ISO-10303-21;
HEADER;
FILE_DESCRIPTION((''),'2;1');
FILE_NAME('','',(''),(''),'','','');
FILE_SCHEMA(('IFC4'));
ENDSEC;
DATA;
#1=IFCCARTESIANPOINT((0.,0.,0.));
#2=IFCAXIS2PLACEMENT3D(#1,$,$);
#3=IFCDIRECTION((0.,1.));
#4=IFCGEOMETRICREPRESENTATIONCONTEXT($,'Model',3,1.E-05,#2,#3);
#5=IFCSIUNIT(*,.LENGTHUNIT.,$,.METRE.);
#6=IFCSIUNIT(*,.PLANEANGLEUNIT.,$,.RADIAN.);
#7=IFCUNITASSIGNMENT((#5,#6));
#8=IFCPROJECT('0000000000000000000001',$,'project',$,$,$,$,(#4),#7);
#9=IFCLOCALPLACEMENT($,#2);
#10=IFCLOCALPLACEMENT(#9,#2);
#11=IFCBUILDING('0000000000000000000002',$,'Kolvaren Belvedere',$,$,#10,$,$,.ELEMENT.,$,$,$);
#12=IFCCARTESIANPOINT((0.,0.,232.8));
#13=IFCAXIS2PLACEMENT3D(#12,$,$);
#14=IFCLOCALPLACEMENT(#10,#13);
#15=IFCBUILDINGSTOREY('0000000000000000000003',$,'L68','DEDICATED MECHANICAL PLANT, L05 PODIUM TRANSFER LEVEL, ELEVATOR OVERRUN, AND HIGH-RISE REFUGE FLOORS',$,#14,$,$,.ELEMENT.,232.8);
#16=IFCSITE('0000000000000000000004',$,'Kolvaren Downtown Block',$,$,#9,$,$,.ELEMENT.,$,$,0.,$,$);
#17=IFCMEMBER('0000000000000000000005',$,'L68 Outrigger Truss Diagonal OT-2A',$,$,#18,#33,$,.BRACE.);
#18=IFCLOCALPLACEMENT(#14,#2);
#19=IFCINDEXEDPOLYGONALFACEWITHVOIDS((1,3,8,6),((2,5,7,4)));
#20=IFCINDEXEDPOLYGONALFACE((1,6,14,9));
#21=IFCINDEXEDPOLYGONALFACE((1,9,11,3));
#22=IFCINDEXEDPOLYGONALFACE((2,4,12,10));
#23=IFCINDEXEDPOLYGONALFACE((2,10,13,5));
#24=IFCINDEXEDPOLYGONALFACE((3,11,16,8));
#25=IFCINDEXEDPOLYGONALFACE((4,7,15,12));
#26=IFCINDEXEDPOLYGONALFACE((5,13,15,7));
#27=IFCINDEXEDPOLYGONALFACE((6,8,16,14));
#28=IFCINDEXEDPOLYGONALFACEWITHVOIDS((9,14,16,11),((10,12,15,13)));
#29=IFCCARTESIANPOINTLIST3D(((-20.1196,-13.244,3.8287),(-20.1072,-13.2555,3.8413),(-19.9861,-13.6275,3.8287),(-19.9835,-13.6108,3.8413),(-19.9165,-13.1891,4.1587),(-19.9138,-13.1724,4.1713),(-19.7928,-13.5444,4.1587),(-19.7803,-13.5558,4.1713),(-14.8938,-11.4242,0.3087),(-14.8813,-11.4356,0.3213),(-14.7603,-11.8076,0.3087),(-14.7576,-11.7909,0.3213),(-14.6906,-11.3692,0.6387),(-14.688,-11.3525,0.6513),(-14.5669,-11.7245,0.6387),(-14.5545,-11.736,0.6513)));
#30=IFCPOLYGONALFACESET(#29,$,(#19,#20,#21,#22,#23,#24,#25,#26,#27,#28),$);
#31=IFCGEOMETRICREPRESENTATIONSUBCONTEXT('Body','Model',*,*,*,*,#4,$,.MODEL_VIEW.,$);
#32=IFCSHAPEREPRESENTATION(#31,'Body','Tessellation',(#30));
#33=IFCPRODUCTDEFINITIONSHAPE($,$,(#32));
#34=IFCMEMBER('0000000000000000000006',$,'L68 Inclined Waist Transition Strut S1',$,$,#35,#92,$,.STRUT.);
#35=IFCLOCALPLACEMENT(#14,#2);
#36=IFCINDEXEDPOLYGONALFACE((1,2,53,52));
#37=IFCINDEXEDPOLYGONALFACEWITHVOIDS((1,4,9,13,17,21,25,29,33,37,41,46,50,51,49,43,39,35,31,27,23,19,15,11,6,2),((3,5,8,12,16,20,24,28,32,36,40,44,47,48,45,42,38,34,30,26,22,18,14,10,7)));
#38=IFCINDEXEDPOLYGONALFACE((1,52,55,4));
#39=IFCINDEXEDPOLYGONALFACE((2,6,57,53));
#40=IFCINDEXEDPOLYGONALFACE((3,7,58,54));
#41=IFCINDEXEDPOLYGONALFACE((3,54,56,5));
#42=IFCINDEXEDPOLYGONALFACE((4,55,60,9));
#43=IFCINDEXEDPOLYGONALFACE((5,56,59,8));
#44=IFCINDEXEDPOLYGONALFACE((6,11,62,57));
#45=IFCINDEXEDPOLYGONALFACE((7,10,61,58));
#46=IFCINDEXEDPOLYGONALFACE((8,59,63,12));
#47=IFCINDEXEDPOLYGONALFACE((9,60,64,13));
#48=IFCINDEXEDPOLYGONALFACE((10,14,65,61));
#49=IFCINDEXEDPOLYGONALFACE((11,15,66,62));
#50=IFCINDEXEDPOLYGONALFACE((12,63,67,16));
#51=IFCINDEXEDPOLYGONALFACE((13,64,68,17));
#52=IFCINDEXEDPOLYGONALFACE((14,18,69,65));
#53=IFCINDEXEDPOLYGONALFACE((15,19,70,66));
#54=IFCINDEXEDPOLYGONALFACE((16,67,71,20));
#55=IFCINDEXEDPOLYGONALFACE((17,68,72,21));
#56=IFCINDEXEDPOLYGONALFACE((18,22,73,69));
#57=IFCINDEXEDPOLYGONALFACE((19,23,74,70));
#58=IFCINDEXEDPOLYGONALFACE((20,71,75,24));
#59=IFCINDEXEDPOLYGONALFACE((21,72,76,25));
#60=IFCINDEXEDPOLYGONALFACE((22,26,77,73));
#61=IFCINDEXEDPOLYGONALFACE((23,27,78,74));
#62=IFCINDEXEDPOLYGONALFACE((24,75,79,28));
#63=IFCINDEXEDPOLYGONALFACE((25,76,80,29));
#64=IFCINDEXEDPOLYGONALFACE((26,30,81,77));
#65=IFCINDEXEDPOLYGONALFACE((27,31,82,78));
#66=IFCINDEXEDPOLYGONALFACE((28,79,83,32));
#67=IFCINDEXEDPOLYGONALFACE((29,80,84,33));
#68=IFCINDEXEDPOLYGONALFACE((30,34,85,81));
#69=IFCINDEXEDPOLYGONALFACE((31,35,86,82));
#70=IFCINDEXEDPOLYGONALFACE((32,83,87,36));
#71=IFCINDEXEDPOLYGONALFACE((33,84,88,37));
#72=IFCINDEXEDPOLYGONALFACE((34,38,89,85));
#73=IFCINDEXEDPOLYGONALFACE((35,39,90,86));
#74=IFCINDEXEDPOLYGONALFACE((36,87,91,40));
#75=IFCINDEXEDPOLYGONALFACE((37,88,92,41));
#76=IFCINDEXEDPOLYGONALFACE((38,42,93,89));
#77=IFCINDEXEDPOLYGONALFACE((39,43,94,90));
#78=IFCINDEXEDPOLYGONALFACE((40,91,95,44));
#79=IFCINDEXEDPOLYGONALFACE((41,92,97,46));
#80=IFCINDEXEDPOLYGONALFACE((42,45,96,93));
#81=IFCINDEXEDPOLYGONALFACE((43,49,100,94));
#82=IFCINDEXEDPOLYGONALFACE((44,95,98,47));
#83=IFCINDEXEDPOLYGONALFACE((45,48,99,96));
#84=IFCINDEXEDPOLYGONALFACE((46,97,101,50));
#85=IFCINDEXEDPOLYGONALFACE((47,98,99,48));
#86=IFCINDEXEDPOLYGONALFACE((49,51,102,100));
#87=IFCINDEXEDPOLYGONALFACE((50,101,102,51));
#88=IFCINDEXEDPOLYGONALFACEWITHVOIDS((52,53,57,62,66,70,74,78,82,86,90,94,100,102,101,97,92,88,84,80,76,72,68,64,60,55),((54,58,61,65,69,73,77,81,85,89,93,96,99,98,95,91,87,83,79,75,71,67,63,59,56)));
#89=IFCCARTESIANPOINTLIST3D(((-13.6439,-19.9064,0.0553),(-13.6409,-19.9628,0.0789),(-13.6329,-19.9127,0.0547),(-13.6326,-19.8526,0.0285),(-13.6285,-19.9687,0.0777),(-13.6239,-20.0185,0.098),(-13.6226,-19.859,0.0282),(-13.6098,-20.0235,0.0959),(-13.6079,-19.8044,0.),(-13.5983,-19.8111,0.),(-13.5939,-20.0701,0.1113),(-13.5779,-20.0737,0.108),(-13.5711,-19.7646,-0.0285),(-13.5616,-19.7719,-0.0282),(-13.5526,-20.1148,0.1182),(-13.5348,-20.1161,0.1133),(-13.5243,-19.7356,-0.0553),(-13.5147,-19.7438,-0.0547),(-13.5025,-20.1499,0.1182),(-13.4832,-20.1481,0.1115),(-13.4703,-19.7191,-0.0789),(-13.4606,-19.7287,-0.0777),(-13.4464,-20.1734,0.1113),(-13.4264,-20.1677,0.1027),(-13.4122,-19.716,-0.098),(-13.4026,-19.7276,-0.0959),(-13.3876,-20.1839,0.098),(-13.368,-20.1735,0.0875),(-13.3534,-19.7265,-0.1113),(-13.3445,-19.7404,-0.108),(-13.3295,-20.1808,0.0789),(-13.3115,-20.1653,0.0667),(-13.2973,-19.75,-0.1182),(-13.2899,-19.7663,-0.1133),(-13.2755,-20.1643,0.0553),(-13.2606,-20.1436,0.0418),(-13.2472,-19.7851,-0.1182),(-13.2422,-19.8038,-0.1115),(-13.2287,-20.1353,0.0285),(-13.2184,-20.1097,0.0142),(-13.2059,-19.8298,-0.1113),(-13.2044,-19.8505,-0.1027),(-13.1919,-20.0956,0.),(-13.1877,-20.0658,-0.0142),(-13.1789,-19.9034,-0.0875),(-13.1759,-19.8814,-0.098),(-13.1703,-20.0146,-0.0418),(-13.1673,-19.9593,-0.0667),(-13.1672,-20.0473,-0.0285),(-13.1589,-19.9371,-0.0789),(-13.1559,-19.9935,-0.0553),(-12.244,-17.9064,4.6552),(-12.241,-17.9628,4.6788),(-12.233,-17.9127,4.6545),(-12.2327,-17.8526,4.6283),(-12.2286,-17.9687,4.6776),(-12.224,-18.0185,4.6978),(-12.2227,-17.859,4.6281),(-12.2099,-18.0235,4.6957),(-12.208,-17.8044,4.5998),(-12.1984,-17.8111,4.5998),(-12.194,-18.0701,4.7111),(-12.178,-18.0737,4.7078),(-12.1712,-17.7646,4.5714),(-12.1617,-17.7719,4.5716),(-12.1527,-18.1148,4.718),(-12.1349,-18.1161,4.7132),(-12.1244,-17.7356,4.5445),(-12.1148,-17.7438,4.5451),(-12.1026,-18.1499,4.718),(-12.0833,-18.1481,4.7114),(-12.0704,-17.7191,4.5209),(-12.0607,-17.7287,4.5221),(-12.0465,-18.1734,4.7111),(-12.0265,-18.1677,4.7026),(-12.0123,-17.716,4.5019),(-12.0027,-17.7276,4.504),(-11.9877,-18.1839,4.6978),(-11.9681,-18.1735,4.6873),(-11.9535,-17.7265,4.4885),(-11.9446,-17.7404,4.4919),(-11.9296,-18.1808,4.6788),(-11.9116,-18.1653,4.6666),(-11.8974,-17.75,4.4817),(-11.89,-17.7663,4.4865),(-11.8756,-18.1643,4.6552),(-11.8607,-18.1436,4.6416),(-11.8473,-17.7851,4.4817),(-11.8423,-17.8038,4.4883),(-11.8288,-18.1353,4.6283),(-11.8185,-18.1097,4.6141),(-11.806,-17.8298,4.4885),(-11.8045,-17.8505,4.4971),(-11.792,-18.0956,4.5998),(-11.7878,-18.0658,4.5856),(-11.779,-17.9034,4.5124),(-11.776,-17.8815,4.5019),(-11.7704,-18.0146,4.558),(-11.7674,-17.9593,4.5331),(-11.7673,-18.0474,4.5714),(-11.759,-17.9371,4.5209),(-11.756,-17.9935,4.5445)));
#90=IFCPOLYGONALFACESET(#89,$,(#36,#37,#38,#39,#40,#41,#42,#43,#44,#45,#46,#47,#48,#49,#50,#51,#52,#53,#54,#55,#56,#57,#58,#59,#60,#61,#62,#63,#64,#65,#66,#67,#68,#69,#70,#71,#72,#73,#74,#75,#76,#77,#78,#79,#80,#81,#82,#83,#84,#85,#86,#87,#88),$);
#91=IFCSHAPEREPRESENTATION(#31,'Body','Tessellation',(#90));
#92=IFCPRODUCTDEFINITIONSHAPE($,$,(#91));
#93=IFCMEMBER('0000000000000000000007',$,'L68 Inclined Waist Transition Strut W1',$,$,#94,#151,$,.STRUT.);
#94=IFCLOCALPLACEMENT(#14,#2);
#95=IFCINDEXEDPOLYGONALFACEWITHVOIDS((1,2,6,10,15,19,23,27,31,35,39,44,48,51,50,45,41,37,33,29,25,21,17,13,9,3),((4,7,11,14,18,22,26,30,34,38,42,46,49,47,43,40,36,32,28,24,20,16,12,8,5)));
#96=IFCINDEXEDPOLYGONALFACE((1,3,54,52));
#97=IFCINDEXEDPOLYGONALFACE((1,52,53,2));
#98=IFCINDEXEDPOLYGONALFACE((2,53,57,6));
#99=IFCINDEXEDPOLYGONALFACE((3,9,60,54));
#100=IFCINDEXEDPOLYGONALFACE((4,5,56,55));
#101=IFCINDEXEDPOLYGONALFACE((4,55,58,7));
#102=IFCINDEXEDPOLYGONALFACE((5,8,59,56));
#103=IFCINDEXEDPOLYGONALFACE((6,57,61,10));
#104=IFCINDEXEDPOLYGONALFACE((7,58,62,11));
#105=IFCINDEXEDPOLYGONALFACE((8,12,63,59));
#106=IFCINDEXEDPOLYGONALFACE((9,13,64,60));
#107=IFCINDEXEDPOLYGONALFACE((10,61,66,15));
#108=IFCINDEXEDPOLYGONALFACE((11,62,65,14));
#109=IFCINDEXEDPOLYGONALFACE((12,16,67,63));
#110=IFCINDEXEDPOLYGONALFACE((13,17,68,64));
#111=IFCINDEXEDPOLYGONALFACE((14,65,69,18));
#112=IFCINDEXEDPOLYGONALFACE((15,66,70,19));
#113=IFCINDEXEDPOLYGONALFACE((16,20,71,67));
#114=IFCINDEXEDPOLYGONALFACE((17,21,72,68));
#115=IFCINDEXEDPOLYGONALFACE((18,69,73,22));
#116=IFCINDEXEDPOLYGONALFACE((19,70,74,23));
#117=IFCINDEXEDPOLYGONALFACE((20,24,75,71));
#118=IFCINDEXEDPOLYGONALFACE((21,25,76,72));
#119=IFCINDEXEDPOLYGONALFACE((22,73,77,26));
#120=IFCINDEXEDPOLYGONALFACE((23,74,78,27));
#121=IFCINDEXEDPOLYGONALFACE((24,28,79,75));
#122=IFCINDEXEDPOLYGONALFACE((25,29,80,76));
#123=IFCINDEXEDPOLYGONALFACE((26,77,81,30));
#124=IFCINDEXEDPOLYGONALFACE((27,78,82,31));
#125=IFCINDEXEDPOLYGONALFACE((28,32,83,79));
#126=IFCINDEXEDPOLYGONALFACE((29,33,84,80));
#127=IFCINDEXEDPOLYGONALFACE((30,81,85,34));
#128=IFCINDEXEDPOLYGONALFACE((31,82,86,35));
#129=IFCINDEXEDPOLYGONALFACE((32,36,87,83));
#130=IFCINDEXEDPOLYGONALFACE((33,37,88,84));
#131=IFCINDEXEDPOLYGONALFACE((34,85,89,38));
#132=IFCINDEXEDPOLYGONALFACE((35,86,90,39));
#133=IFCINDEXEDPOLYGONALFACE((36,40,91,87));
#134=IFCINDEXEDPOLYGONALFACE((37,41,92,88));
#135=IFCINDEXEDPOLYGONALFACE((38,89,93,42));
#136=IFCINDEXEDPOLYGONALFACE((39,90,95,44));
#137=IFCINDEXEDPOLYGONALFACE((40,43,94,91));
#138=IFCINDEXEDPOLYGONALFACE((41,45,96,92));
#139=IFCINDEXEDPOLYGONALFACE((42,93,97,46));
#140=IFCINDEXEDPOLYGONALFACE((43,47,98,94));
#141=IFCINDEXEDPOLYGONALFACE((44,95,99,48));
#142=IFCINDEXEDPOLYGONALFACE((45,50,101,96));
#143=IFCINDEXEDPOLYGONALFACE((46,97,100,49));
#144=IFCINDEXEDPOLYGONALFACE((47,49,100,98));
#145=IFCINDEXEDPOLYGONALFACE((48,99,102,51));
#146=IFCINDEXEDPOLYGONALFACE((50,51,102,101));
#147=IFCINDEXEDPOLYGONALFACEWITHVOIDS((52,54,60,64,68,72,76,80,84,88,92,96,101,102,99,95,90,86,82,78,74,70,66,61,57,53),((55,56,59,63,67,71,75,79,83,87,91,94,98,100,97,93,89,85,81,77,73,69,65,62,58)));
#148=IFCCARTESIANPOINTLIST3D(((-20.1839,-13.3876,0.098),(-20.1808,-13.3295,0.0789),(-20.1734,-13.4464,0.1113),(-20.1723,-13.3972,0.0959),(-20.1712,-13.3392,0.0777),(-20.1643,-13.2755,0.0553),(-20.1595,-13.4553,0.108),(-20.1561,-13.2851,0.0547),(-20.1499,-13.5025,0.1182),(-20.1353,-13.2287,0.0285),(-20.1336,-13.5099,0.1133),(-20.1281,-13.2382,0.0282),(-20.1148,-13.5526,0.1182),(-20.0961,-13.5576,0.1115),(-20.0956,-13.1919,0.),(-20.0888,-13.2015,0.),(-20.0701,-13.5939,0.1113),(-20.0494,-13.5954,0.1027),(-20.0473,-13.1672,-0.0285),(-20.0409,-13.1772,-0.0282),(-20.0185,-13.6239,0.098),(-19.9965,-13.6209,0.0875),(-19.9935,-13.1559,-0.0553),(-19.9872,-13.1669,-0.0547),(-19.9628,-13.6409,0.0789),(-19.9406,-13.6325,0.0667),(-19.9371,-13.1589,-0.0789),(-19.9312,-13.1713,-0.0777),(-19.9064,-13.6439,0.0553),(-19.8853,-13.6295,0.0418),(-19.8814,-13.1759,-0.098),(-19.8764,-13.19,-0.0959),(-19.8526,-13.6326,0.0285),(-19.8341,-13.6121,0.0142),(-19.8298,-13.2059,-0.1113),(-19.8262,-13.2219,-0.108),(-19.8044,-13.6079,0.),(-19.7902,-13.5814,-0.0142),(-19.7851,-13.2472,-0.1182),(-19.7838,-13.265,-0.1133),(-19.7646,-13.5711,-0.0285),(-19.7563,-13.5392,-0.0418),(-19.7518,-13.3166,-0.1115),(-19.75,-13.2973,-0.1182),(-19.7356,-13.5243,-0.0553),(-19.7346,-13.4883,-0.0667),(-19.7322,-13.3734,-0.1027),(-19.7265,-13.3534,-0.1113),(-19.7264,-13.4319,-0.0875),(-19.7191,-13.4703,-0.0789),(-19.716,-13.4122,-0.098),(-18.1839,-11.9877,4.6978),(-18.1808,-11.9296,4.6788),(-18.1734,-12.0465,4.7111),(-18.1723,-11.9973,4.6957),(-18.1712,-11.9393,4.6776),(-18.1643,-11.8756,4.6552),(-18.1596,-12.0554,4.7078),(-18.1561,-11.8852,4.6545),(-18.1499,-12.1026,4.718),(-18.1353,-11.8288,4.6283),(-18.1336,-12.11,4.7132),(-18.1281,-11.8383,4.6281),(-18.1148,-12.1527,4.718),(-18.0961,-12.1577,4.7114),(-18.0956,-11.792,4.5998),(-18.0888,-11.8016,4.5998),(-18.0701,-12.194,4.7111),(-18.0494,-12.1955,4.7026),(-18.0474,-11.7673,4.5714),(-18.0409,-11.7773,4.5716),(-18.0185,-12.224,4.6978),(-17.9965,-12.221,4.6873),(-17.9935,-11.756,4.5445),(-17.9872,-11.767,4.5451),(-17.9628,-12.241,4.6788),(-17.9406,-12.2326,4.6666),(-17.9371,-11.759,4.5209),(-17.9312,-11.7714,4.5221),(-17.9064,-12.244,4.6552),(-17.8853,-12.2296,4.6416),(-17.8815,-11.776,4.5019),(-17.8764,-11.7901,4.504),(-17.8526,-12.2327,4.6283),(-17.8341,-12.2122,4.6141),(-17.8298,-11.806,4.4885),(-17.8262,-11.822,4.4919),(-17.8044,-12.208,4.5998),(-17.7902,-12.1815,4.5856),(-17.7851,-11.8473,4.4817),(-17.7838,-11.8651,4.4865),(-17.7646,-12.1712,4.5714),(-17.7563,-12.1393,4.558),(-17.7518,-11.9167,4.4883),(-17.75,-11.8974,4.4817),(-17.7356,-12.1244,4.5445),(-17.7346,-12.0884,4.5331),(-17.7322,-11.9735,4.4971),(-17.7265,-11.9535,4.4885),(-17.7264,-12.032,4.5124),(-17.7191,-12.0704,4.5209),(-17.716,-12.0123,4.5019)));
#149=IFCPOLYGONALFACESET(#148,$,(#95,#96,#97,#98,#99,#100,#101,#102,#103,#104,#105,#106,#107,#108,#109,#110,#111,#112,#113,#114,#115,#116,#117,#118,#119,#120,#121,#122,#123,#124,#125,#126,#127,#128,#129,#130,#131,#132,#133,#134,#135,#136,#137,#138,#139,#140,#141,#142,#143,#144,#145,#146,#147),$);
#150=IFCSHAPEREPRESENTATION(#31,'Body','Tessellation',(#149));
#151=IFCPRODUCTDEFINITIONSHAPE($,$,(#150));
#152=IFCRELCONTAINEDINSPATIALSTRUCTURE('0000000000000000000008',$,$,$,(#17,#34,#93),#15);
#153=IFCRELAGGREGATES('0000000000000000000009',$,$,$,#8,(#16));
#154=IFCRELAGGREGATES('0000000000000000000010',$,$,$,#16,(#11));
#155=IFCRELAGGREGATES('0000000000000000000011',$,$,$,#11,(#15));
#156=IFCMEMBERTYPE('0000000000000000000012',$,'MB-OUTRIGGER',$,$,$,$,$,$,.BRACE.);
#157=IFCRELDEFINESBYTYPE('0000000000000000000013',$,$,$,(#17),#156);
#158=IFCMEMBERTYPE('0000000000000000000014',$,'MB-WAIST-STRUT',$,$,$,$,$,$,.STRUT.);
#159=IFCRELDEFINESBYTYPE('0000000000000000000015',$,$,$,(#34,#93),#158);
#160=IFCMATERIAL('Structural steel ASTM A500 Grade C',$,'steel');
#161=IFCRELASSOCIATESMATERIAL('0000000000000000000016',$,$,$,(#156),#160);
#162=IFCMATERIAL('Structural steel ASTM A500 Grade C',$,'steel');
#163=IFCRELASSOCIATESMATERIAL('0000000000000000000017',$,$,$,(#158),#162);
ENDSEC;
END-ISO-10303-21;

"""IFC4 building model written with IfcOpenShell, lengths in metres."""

from ifc_helpers import new_model, si_unit, direction, frame, origin, origin_2d, place, context, subcontext, project, spatial, hollow_rectangle, hollow_circle, extrude, material, material_profile, profile_set, type_object, element, save


model = new_model("IFC4")

# Units and contexts
model_context = context("Model", 3, precision=1e-05, world=origin(), true_north=direction((0.0, 1.0)))
body_context = subcontext(model_context, "Body", "Model", "MODEL_VIEW")
ifc_project = project(units=[si_unit("LENGTHUNIT", "METRE"), si_unit("PLANEANGLEUNIT", "RADIAN")], contexts=[model_context])

# Site, building, storey
site_placement = place(None, origin())
site = spatial("IfcSite", under=ifc_project, at=site_placement, Name="Kolvaren Downtown Block", CompositionType="ELEMENT", RefElevation=0.0)
building_placement = place(site_placement, origin())
building = spatial("IfcBuilding", under=site, at=building_placement, Name="Kolvaren Belvedere", CompositionType="ELEMENT")
storey_placement = place(building_placement, frame((0.0, 0.0, 232.8)))
storey = spatial("IfcBuildingStorey", under=building, at=storey_placement, Name="L68", Description="DEDICATED MECHANICAL PLANT, L05 PODIUM TRANSFER LEVEL, ELEVATOR OVERRUN, AND HIGH-RISE REFUGE FLOORS", CompositionType="ELEMENT", Elevation=232.8)

# Members
ifc_material_1 = material(Name="Structural steel ASTM A500 Grade C", Category="steel")
ifc_material_profile_1 = material_profile(ifc_material_1, hollow_rectangle(XDim=0.406, YDim=0.406, WallThickness=0.0149, at=origin_2d()), Name="HSS16X16X5/8")
ifc_profile_set_1 = profile_set([ifc_material_profile_1], Name="Structural steel ASTM A500 Grade C")
member_type_1 = type_object("IfcMemberType", Name="MB-OUTRIGGER", PredefinedType="BRACE", material=ifc_profile_set_1)
for number, where, z_axis, x_axis, name in (
    (1, (-14.7241, -11.5801, 0.48), (-0.796824, -0.277483, 0.536726), (0.328866, -0.944377, 0.0), "L68 Outrigger Truss Diagonal OT-2A"),
):
    element("IfcMember", number, at=place(storey_placement, frame(where, z_axis=z_axis, x_axis=x_axis)), inside=storey, type_object=member_type_1, Name=name, PredefinedType="BRACE", context=body_context, shape_type="SweptSolid", body=[
        extrude(hollow_rectangle(XDim=0.406, YDim=0.406, WallThickness=0.0149, at=origin_2d()), origin(), (0.0, 0.0, 1.0), 6.5583),
    ])
ifc_material_2 = material(Name="Structural steel ASTM A500 Grade C", Category="steel")
ifc_material_profile_2 = material_profile(ifc_material_2, hollow_circle(Radius=0.2539, WallThickness=0.0117, at=origin_2d()), Name="HSS20.000X0.500")
ifc_profile_set_2 = profile_set([ifc_material_profile_2], Name="Structural steel ASTM A500 Grade C")
member_type_2 = type_object("IfcMemberType", Name="MB-WAIST-STRUT", PredefinedType="STRUT", material=ifc_profile_set_2)
for number, where, z_axis, x_axis, name in (
    (2, (-13.3999, -19.95, 0.0), (0.268823, 0.384059, 0.883308), (-0.819251, 0.573435, 0.0), "L68 Inclined Waist Transition Strut S1"),
    (3, (-19.95, -13.3999, 0.0), (0.384059, 0.268823, 0.883308), (-0.573435, 0.819251, 0.0), "L68 Inclined Waist Transition Strut W1"),
):
    element("IfcMember", number, at=place(storey_placement, frame(where, z_axis=z_axis, x_axis=x_axis)), inside=storey, type_object=member_type_2, Name=name, PredefinedType="STRUT", context=body_context, shape_type="SweptSolid", body=[
        extrude(hollow_circle(Radius=0.2539, WallThickness=0.0117, at=origin_2d()), origin(), (0.0, 0.0, 1.0), 5.2075),
    ])

save(model, "model.ifc")
